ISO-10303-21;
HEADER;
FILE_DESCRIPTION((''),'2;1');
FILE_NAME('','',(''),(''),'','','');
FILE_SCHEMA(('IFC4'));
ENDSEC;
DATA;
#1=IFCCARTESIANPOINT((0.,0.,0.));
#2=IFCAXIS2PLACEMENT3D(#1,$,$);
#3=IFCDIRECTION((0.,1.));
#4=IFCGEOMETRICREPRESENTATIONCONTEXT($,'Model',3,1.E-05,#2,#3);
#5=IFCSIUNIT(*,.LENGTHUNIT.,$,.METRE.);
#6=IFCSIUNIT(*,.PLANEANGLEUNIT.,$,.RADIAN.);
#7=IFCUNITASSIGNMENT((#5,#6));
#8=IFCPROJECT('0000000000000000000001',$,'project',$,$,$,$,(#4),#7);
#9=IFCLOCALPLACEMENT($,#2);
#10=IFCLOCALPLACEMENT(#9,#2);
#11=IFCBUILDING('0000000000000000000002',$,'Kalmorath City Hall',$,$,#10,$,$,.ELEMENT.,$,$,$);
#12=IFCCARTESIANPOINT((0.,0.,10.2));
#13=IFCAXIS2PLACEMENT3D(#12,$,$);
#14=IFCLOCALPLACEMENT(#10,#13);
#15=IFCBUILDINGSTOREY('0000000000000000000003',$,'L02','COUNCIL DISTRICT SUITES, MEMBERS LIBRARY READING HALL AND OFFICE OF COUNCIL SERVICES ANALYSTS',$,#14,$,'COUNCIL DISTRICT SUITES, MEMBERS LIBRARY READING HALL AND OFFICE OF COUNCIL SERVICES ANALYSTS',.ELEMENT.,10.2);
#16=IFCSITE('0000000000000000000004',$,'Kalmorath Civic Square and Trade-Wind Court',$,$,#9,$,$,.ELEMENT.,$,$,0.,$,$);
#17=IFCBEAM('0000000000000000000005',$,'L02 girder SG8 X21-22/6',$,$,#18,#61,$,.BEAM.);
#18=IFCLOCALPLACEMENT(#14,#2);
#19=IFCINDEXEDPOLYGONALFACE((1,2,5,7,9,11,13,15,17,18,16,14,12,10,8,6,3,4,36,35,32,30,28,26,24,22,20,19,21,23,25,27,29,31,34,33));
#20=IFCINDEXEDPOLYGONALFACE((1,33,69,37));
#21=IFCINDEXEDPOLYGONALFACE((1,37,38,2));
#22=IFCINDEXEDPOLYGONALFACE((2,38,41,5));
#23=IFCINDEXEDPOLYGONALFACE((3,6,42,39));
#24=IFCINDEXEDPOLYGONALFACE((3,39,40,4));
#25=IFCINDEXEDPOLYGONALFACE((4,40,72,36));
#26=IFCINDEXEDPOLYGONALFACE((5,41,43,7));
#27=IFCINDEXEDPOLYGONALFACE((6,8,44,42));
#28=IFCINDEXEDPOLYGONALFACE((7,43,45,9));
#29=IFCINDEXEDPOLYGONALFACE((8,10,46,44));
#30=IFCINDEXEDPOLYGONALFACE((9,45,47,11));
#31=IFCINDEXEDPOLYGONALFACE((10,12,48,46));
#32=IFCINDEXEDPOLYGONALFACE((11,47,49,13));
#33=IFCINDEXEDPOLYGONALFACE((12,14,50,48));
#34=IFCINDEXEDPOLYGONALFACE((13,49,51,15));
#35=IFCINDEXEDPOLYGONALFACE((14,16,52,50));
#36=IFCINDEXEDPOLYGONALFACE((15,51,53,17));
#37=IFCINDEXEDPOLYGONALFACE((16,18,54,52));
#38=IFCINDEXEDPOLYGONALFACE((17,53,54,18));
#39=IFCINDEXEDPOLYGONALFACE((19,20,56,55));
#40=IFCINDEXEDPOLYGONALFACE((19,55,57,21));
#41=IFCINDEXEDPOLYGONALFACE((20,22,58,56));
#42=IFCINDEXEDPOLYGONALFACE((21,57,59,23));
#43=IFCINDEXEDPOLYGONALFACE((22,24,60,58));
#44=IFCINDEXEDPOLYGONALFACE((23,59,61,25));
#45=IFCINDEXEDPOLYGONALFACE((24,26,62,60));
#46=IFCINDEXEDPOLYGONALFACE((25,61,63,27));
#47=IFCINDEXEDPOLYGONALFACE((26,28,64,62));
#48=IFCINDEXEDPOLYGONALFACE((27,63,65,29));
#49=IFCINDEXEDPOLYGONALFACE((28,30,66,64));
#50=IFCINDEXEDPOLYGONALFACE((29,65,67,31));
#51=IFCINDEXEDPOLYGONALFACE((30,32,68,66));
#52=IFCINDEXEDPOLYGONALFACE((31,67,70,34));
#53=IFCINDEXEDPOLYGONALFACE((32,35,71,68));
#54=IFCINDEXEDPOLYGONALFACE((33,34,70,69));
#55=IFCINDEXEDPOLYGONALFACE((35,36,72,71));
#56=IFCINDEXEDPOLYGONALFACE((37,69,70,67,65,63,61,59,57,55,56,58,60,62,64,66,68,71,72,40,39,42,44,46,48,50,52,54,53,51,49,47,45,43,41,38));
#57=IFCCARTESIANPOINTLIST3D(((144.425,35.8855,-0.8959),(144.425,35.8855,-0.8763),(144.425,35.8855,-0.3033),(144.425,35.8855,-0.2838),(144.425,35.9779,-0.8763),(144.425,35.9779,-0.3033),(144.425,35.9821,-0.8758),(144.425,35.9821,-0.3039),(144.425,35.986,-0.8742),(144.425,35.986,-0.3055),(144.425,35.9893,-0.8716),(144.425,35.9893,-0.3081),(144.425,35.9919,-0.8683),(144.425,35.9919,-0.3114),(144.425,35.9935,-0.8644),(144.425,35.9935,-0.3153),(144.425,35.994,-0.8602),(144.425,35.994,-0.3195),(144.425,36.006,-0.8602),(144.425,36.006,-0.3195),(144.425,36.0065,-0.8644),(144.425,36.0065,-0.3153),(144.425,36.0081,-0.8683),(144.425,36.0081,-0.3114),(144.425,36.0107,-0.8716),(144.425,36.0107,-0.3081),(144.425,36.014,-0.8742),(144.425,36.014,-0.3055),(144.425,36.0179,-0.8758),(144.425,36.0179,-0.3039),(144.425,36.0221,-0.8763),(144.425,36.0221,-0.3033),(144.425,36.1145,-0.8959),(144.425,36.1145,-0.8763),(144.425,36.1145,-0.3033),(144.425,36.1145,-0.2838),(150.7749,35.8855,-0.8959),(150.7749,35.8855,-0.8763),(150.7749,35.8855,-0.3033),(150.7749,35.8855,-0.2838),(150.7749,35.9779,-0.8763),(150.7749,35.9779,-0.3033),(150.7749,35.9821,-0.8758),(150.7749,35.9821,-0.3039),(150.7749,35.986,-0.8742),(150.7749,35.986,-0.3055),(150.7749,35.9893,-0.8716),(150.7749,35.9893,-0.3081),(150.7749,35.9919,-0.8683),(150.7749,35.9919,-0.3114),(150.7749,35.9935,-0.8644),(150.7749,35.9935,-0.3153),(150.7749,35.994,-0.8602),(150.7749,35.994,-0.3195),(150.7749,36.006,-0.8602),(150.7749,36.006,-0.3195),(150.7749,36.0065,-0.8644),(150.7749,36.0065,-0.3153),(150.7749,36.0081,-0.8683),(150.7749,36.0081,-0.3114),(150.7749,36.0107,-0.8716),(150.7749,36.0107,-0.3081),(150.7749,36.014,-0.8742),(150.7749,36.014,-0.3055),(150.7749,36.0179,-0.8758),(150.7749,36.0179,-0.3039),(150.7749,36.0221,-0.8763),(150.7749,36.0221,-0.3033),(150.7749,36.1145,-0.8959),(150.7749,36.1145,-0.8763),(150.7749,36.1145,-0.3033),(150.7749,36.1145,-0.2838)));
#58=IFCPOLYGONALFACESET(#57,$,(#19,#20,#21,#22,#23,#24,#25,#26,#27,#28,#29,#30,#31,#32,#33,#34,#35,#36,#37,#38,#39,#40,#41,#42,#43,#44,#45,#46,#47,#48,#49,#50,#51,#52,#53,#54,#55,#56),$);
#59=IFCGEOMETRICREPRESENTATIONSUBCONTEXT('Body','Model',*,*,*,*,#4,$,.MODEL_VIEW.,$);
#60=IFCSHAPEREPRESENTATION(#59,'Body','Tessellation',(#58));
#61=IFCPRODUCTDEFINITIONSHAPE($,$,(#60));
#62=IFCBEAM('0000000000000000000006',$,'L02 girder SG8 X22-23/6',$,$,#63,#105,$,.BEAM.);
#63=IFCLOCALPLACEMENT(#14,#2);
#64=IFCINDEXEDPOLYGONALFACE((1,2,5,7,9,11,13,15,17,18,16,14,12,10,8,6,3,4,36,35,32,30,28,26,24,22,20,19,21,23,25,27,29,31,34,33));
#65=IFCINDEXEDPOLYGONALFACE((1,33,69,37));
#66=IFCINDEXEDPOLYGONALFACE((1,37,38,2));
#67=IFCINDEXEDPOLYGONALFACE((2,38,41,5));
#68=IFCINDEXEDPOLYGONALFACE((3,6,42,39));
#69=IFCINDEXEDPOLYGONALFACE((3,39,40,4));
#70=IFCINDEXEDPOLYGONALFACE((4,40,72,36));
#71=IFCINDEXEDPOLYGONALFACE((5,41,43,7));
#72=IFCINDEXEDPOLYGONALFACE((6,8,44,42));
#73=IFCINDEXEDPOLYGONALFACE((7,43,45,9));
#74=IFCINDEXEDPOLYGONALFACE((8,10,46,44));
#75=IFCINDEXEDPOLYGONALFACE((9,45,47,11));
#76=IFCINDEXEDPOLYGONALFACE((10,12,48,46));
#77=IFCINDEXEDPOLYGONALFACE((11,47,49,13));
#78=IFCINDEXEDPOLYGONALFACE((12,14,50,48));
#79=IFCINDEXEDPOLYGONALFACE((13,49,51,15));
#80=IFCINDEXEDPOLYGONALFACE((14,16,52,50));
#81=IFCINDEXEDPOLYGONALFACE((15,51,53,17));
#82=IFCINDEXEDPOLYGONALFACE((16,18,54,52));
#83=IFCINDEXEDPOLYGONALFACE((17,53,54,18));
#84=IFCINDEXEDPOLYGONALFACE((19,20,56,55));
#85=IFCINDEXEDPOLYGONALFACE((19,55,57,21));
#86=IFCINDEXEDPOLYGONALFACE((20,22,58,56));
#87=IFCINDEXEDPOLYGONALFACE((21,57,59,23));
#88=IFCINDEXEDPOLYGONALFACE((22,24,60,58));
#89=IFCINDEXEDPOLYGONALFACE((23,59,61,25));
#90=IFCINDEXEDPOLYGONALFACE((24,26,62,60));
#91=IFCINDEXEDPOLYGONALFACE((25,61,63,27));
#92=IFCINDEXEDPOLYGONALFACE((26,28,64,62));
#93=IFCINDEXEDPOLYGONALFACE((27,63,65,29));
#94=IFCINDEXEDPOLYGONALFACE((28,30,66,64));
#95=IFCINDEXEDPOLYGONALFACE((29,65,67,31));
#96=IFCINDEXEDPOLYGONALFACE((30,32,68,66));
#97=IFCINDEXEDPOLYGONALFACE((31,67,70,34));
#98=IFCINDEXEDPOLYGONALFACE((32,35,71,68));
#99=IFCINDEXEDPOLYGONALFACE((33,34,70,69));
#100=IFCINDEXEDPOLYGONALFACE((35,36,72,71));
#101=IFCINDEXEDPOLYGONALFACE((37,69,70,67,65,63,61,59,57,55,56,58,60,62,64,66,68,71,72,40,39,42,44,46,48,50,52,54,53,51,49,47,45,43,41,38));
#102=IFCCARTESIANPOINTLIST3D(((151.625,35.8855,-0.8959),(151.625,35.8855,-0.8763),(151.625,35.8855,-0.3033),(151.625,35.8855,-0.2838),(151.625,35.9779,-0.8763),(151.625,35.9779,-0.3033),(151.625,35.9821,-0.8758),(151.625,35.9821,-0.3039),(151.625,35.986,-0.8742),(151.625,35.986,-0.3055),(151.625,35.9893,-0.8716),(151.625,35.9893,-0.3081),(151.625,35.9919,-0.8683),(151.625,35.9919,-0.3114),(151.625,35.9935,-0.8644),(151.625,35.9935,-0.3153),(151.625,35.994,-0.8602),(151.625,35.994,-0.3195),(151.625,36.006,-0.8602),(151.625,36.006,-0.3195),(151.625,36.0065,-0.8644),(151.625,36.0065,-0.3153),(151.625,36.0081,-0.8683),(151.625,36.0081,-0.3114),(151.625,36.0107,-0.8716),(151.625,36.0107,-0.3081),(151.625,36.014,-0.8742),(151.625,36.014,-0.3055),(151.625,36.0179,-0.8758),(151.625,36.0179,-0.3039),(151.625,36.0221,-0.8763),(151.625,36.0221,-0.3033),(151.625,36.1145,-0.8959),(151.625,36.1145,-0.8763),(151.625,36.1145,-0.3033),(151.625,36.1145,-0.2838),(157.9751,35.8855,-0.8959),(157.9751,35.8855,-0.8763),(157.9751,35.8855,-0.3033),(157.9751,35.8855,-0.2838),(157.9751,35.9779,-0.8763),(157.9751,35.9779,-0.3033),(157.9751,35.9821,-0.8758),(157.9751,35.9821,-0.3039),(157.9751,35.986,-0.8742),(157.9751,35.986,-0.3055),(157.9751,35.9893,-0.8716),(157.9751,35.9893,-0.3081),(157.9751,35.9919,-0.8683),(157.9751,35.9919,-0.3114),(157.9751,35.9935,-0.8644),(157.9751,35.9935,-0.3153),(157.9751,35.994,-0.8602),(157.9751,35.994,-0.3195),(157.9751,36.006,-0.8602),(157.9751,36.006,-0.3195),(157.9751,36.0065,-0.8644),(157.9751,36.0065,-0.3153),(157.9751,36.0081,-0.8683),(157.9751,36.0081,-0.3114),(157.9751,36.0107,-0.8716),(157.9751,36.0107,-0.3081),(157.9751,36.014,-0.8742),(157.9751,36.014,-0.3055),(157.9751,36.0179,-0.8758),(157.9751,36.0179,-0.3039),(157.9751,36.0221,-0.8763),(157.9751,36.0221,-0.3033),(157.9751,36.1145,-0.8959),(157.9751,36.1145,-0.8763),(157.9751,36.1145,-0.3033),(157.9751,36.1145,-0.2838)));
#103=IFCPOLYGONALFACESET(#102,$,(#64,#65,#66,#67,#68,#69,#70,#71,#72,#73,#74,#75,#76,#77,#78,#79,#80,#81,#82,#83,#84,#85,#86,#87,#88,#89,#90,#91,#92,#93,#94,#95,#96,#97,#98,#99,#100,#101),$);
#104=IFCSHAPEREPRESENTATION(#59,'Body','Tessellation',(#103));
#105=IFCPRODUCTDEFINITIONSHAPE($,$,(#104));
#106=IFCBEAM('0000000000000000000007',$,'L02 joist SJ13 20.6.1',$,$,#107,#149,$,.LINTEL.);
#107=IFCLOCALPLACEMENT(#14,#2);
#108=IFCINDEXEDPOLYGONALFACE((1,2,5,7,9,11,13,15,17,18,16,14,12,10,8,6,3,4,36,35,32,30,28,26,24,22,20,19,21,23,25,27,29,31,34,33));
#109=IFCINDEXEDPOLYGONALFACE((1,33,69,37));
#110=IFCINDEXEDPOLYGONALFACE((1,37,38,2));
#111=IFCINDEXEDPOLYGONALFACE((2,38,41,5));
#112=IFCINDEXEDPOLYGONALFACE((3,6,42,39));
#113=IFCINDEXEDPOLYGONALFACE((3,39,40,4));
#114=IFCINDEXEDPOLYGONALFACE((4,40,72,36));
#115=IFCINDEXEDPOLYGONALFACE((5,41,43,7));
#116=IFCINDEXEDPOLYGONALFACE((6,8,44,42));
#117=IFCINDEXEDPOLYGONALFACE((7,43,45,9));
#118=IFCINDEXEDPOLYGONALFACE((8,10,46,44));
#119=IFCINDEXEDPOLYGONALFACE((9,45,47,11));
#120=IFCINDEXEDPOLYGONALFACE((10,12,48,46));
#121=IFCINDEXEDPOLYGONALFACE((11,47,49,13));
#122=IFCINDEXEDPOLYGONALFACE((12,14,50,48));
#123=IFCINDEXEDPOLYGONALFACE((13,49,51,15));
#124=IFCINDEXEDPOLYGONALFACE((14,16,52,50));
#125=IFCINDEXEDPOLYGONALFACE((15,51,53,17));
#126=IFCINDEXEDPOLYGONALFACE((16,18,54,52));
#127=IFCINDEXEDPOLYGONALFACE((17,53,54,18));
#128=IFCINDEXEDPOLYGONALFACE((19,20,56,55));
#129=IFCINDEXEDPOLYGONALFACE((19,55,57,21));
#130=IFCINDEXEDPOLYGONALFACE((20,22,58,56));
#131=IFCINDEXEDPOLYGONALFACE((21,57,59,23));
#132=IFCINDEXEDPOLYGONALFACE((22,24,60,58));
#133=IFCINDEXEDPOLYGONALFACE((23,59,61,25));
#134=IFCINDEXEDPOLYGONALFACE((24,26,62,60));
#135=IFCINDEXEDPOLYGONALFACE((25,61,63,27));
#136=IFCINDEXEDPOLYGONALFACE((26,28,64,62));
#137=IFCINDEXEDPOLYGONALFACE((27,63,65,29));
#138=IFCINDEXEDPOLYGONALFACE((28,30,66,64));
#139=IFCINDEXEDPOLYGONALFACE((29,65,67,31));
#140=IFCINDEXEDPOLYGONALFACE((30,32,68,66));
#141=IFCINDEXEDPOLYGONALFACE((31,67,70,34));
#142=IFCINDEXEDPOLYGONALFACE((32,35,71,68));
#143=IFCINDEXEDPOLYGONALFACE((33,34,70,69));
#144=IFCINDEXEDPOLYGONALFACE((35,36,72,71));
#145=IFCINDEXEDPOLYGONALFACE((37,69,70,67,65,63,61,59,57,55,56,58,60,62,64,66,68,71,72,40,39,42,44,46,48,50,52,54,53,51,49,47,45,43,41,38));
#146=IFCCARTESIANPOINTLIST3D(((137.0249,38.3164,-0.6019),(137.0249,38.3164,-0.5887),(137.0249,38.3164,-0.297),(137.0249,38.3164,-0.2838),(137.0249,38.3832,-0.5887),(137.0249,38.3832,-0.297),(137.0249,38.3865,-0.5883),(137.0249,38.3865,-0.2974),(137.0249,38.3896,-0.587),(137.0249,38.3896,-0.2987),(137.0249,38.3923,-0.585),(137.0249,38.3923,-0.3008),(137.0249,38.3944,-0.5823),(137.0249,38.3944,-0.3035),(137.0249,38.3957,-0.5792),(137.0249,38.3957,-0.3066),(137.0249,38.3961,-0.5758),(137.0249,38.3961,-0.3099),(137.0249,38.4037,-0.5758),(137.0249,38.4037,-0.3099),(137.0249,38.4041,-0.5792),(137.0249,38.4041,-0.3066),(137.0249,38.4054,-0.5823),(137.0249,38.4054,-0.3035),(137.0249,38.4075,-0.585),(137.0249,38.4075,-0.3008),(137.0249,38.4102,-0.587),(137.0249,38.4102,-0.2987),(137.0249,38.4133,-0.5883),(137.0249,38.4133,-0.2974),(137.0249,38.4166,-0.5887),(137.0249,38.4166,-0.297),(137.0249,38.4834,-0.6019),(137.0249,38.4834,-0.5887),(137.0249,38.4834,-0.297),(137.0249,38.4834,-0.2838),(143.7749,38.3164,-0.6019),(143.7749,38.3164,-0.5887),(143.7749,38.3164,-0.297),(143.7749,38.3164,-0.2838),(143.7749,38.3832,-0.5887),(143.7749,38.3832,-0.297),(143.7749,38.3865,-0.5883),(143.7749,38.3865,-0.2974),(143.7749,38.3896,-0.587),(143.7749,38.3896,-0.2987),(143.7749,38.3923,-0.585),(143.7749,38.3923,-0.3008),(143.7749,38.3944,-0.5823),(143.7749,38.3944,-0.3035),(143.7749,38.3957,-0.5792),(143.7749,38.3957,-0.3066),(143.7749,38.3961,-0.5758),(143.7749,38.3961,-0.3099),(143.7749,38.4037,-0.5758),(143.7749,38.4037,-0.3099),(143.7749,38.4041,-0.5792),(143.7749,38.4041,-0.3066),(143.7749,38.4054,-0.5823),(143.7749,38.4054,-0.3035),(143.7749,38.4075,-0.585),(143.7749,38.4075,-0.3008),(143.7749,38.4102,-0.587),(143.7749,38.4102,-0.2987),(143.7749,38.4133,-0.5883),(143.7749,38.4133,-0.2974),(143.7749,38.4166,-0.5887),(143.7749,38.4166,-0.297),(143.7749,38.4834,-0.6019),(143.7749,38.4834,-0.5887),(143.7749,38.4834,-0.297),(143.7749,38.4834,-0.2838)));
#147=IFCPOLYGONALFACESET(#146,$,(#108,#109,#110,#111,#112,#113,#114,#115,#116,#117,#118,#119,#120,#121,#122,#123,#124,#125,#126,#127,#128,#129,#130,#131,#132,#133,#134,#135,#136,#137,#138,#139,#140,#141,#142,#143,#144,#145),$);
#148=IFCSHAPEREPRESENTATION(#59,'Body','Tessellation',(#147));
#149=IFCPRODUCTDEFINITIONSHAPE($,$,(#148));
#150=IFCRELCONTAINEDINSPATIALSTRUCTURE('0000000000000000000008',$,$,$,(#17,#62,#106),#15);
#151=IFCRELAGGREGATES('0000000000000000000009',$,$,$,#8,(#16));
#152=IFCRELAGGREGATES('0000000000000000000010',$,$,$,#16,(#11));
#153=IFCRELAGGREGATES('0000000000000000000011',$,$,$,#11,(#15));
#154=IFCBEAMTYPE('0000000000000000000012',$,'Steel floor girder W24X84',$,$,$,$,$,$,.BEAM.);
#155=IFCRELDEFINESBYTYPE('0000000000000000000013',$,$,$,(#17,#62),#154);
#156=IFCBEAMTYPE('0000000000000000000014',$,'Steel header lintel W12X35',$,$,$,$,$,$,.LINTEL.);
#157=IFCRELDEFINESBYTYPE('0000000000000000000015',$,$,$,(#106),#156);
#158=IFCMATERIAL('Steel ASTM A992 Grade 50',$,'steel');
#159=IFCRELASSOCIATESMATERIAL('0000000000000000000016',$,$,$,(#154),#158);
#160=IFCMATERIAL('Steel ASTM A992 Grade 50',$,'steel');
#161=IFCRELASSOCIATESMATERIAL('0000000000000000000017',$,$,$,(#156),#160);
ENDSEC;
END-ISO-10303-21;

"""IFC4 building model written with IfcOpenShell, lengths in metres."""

from ifc_helpers import new_model, si_unit, direction, frame, origin, origin_2d, place, context, subcontext, project, spatial, i_section, extrude, material, material_profile, profile_set, type_object, element, save


model = new_model("IFC4")

# Units and contexts
model_context = context("Model", 3, precision=1e-05, world=origin(), true_north=direction((0.0, 1.0)))
body_context = subcontext(model_context, "Body", "Model", "MODEL_VIEW")
ifc_project = project(units=[si_unit("LENGTHUNIT", "METRE"), si_unit("PLANEANGLEUNIT", "RADIAN")], contexts=[model_context])

# Site, building, storey
site_placement = place(None, origin())
site = spatial("IfcSite", under=ifc_project, at=site_placement, Name="Kalmorath Civic Square and Trade-Wind Court", CompositionType="ELEMENT", RefElevation=0.0)
building_placement = place(site_placement, origin())
building = spatial("IfcBuilding", under=site, at=building_placement, Name="Kalmorath City Hall", CompositionType="ELEMENT")
storey_placement = place(building_placement, frame((0.0, 0.0, 10.2)))
storey = spatial("IfcBuildingStorey", under=building, at=storey_placement, Name="L02", Description="COUNCIL DISTRICT SUITES, MEMBERS LIBRARY READING HALL AND OFFICE OF COUNCIL SERVICES ANALYSTS", LongName="COUNCIL DISTRICT SUITES, MEMBERS LIBRARY READING HALL AND OFFICE OF COUNCIL SERVICES ANALYSTS", CompositionType="ELEMENT", Elevation=10.2)

# Beams
ifc_material_1 = material(Name="Steel ASTM A992 Grade 50", Category="steel")
ifc_material_profile_1 = material_profile(ifc_material_1, i_section(OverallWidth=0.229, OverallDepth=0.6121, WebThickness=0.012, FlangeThickness=0.0195, FilletRadius=0.0161, at=origin_2d()), Name="W24X84")
ifc_profile_set_1 = profile_set([ifc_material_profile_1], Name="Steel ASTM A992 Grade 50")
beam_type_1 = type_object("IfcBeamType", Name="Steel floor girder W24X84", PredefinedType="BEAM", material=ifc_profile_set_1)
for number, where, z_axis, x_axis, name in (
    (1, (144.425, 36.0, -0.5898), (1.0, 0.0, 0.0), (0.0, 1.0, 0.0), "L02 girder SG8 X21-22/6"),
):
    element("IfcBeam", number, at=place(storey_placement, frame(where, z_axis=z_axis, x_axis=x_axis)), inside=storey, type_object=beam_type_1, Name=name, PredefinedType="BEAM", context=body_context, shape_type="SweptSolid", body=[
        extrude(i_section(OverallWidth=0.229, OverallDepth=0.6121, WebThickness=0.012, FlangeThickness=0.0195, FilletRadius=0.0161, at=origin_2d()), origin(), (0.0, 0.0, 1.0), 6.3499),
    ])
beam_1_placement = place(storey_placement, frame((151.625, 36.0, -0.5898), z_axis=(1.0, 0.0, 0.0), x_axis=(0.0, 1.0, 0.0)))
element("IfcBeam", 2, at=beam_1_placement, inside=storey, type_object=beam_type_1, Name="L02 girder SG8 X22-23/6", PredefinedType="BEAM", context=body_context, shape_type="SweptSolid", body=[
    extrude(i_section(OverallWidth=0.229, OverallDepth=0.6121, WebThickness=0.012, FlangeThickness=0.0195, FilletRadius=0.0161, at=origin_2d()), origin(), (0.0, 0.0, 1.0), 6.3501),
])
ifc_material_2 = material(Name="Steel ASTM A992 Grade 50", Category="steel")
ifc_material_profile_2 = material_profile(ifc_material_2, i_section(OverallWidth=0.167, OverallDepth=0.3181, WebThickness=0.0076, FlangeThickness=0.0132, FilletRadius=0.0129, at=origin_2d()), Name="W12X35")
ifc_profile_set_2 = profile_set([ifc_material_profile_2], Name="Steel ASTM A992 Grade 50")
beam_type_2 = type_object("IfcBeamType", Name="Steel header lintel W12X35", PredefinedType="LINTEL", material=ifc_profile_set_2)
beam_2_placement = place(storey_placement, frame((137.0249, 38.3999, -0.4429), z_axis=(1.0, 0.0, 0.0), x_axis=(0.0, 1.0, 0.0)))
element("IfcBeam", 3, at=beam_2_placement, inside=storey, type_object=beam_type_2, Name="L02 joist SJ13 20.6.1", PredefinedType="LINTEL", context=body_context, shape_type="SweptSolid", body=[
    extrude(i_section(OverallWidth=0.167, OverallDepth=0.3181, WebThickness=0.0076, FlangeThickness=0.0132, FilletRadius=0.0129, at=origin_2d()), origin(), (0.0, 0.0, 1.0), 6.75),
])

save(model, "model.ifc")
